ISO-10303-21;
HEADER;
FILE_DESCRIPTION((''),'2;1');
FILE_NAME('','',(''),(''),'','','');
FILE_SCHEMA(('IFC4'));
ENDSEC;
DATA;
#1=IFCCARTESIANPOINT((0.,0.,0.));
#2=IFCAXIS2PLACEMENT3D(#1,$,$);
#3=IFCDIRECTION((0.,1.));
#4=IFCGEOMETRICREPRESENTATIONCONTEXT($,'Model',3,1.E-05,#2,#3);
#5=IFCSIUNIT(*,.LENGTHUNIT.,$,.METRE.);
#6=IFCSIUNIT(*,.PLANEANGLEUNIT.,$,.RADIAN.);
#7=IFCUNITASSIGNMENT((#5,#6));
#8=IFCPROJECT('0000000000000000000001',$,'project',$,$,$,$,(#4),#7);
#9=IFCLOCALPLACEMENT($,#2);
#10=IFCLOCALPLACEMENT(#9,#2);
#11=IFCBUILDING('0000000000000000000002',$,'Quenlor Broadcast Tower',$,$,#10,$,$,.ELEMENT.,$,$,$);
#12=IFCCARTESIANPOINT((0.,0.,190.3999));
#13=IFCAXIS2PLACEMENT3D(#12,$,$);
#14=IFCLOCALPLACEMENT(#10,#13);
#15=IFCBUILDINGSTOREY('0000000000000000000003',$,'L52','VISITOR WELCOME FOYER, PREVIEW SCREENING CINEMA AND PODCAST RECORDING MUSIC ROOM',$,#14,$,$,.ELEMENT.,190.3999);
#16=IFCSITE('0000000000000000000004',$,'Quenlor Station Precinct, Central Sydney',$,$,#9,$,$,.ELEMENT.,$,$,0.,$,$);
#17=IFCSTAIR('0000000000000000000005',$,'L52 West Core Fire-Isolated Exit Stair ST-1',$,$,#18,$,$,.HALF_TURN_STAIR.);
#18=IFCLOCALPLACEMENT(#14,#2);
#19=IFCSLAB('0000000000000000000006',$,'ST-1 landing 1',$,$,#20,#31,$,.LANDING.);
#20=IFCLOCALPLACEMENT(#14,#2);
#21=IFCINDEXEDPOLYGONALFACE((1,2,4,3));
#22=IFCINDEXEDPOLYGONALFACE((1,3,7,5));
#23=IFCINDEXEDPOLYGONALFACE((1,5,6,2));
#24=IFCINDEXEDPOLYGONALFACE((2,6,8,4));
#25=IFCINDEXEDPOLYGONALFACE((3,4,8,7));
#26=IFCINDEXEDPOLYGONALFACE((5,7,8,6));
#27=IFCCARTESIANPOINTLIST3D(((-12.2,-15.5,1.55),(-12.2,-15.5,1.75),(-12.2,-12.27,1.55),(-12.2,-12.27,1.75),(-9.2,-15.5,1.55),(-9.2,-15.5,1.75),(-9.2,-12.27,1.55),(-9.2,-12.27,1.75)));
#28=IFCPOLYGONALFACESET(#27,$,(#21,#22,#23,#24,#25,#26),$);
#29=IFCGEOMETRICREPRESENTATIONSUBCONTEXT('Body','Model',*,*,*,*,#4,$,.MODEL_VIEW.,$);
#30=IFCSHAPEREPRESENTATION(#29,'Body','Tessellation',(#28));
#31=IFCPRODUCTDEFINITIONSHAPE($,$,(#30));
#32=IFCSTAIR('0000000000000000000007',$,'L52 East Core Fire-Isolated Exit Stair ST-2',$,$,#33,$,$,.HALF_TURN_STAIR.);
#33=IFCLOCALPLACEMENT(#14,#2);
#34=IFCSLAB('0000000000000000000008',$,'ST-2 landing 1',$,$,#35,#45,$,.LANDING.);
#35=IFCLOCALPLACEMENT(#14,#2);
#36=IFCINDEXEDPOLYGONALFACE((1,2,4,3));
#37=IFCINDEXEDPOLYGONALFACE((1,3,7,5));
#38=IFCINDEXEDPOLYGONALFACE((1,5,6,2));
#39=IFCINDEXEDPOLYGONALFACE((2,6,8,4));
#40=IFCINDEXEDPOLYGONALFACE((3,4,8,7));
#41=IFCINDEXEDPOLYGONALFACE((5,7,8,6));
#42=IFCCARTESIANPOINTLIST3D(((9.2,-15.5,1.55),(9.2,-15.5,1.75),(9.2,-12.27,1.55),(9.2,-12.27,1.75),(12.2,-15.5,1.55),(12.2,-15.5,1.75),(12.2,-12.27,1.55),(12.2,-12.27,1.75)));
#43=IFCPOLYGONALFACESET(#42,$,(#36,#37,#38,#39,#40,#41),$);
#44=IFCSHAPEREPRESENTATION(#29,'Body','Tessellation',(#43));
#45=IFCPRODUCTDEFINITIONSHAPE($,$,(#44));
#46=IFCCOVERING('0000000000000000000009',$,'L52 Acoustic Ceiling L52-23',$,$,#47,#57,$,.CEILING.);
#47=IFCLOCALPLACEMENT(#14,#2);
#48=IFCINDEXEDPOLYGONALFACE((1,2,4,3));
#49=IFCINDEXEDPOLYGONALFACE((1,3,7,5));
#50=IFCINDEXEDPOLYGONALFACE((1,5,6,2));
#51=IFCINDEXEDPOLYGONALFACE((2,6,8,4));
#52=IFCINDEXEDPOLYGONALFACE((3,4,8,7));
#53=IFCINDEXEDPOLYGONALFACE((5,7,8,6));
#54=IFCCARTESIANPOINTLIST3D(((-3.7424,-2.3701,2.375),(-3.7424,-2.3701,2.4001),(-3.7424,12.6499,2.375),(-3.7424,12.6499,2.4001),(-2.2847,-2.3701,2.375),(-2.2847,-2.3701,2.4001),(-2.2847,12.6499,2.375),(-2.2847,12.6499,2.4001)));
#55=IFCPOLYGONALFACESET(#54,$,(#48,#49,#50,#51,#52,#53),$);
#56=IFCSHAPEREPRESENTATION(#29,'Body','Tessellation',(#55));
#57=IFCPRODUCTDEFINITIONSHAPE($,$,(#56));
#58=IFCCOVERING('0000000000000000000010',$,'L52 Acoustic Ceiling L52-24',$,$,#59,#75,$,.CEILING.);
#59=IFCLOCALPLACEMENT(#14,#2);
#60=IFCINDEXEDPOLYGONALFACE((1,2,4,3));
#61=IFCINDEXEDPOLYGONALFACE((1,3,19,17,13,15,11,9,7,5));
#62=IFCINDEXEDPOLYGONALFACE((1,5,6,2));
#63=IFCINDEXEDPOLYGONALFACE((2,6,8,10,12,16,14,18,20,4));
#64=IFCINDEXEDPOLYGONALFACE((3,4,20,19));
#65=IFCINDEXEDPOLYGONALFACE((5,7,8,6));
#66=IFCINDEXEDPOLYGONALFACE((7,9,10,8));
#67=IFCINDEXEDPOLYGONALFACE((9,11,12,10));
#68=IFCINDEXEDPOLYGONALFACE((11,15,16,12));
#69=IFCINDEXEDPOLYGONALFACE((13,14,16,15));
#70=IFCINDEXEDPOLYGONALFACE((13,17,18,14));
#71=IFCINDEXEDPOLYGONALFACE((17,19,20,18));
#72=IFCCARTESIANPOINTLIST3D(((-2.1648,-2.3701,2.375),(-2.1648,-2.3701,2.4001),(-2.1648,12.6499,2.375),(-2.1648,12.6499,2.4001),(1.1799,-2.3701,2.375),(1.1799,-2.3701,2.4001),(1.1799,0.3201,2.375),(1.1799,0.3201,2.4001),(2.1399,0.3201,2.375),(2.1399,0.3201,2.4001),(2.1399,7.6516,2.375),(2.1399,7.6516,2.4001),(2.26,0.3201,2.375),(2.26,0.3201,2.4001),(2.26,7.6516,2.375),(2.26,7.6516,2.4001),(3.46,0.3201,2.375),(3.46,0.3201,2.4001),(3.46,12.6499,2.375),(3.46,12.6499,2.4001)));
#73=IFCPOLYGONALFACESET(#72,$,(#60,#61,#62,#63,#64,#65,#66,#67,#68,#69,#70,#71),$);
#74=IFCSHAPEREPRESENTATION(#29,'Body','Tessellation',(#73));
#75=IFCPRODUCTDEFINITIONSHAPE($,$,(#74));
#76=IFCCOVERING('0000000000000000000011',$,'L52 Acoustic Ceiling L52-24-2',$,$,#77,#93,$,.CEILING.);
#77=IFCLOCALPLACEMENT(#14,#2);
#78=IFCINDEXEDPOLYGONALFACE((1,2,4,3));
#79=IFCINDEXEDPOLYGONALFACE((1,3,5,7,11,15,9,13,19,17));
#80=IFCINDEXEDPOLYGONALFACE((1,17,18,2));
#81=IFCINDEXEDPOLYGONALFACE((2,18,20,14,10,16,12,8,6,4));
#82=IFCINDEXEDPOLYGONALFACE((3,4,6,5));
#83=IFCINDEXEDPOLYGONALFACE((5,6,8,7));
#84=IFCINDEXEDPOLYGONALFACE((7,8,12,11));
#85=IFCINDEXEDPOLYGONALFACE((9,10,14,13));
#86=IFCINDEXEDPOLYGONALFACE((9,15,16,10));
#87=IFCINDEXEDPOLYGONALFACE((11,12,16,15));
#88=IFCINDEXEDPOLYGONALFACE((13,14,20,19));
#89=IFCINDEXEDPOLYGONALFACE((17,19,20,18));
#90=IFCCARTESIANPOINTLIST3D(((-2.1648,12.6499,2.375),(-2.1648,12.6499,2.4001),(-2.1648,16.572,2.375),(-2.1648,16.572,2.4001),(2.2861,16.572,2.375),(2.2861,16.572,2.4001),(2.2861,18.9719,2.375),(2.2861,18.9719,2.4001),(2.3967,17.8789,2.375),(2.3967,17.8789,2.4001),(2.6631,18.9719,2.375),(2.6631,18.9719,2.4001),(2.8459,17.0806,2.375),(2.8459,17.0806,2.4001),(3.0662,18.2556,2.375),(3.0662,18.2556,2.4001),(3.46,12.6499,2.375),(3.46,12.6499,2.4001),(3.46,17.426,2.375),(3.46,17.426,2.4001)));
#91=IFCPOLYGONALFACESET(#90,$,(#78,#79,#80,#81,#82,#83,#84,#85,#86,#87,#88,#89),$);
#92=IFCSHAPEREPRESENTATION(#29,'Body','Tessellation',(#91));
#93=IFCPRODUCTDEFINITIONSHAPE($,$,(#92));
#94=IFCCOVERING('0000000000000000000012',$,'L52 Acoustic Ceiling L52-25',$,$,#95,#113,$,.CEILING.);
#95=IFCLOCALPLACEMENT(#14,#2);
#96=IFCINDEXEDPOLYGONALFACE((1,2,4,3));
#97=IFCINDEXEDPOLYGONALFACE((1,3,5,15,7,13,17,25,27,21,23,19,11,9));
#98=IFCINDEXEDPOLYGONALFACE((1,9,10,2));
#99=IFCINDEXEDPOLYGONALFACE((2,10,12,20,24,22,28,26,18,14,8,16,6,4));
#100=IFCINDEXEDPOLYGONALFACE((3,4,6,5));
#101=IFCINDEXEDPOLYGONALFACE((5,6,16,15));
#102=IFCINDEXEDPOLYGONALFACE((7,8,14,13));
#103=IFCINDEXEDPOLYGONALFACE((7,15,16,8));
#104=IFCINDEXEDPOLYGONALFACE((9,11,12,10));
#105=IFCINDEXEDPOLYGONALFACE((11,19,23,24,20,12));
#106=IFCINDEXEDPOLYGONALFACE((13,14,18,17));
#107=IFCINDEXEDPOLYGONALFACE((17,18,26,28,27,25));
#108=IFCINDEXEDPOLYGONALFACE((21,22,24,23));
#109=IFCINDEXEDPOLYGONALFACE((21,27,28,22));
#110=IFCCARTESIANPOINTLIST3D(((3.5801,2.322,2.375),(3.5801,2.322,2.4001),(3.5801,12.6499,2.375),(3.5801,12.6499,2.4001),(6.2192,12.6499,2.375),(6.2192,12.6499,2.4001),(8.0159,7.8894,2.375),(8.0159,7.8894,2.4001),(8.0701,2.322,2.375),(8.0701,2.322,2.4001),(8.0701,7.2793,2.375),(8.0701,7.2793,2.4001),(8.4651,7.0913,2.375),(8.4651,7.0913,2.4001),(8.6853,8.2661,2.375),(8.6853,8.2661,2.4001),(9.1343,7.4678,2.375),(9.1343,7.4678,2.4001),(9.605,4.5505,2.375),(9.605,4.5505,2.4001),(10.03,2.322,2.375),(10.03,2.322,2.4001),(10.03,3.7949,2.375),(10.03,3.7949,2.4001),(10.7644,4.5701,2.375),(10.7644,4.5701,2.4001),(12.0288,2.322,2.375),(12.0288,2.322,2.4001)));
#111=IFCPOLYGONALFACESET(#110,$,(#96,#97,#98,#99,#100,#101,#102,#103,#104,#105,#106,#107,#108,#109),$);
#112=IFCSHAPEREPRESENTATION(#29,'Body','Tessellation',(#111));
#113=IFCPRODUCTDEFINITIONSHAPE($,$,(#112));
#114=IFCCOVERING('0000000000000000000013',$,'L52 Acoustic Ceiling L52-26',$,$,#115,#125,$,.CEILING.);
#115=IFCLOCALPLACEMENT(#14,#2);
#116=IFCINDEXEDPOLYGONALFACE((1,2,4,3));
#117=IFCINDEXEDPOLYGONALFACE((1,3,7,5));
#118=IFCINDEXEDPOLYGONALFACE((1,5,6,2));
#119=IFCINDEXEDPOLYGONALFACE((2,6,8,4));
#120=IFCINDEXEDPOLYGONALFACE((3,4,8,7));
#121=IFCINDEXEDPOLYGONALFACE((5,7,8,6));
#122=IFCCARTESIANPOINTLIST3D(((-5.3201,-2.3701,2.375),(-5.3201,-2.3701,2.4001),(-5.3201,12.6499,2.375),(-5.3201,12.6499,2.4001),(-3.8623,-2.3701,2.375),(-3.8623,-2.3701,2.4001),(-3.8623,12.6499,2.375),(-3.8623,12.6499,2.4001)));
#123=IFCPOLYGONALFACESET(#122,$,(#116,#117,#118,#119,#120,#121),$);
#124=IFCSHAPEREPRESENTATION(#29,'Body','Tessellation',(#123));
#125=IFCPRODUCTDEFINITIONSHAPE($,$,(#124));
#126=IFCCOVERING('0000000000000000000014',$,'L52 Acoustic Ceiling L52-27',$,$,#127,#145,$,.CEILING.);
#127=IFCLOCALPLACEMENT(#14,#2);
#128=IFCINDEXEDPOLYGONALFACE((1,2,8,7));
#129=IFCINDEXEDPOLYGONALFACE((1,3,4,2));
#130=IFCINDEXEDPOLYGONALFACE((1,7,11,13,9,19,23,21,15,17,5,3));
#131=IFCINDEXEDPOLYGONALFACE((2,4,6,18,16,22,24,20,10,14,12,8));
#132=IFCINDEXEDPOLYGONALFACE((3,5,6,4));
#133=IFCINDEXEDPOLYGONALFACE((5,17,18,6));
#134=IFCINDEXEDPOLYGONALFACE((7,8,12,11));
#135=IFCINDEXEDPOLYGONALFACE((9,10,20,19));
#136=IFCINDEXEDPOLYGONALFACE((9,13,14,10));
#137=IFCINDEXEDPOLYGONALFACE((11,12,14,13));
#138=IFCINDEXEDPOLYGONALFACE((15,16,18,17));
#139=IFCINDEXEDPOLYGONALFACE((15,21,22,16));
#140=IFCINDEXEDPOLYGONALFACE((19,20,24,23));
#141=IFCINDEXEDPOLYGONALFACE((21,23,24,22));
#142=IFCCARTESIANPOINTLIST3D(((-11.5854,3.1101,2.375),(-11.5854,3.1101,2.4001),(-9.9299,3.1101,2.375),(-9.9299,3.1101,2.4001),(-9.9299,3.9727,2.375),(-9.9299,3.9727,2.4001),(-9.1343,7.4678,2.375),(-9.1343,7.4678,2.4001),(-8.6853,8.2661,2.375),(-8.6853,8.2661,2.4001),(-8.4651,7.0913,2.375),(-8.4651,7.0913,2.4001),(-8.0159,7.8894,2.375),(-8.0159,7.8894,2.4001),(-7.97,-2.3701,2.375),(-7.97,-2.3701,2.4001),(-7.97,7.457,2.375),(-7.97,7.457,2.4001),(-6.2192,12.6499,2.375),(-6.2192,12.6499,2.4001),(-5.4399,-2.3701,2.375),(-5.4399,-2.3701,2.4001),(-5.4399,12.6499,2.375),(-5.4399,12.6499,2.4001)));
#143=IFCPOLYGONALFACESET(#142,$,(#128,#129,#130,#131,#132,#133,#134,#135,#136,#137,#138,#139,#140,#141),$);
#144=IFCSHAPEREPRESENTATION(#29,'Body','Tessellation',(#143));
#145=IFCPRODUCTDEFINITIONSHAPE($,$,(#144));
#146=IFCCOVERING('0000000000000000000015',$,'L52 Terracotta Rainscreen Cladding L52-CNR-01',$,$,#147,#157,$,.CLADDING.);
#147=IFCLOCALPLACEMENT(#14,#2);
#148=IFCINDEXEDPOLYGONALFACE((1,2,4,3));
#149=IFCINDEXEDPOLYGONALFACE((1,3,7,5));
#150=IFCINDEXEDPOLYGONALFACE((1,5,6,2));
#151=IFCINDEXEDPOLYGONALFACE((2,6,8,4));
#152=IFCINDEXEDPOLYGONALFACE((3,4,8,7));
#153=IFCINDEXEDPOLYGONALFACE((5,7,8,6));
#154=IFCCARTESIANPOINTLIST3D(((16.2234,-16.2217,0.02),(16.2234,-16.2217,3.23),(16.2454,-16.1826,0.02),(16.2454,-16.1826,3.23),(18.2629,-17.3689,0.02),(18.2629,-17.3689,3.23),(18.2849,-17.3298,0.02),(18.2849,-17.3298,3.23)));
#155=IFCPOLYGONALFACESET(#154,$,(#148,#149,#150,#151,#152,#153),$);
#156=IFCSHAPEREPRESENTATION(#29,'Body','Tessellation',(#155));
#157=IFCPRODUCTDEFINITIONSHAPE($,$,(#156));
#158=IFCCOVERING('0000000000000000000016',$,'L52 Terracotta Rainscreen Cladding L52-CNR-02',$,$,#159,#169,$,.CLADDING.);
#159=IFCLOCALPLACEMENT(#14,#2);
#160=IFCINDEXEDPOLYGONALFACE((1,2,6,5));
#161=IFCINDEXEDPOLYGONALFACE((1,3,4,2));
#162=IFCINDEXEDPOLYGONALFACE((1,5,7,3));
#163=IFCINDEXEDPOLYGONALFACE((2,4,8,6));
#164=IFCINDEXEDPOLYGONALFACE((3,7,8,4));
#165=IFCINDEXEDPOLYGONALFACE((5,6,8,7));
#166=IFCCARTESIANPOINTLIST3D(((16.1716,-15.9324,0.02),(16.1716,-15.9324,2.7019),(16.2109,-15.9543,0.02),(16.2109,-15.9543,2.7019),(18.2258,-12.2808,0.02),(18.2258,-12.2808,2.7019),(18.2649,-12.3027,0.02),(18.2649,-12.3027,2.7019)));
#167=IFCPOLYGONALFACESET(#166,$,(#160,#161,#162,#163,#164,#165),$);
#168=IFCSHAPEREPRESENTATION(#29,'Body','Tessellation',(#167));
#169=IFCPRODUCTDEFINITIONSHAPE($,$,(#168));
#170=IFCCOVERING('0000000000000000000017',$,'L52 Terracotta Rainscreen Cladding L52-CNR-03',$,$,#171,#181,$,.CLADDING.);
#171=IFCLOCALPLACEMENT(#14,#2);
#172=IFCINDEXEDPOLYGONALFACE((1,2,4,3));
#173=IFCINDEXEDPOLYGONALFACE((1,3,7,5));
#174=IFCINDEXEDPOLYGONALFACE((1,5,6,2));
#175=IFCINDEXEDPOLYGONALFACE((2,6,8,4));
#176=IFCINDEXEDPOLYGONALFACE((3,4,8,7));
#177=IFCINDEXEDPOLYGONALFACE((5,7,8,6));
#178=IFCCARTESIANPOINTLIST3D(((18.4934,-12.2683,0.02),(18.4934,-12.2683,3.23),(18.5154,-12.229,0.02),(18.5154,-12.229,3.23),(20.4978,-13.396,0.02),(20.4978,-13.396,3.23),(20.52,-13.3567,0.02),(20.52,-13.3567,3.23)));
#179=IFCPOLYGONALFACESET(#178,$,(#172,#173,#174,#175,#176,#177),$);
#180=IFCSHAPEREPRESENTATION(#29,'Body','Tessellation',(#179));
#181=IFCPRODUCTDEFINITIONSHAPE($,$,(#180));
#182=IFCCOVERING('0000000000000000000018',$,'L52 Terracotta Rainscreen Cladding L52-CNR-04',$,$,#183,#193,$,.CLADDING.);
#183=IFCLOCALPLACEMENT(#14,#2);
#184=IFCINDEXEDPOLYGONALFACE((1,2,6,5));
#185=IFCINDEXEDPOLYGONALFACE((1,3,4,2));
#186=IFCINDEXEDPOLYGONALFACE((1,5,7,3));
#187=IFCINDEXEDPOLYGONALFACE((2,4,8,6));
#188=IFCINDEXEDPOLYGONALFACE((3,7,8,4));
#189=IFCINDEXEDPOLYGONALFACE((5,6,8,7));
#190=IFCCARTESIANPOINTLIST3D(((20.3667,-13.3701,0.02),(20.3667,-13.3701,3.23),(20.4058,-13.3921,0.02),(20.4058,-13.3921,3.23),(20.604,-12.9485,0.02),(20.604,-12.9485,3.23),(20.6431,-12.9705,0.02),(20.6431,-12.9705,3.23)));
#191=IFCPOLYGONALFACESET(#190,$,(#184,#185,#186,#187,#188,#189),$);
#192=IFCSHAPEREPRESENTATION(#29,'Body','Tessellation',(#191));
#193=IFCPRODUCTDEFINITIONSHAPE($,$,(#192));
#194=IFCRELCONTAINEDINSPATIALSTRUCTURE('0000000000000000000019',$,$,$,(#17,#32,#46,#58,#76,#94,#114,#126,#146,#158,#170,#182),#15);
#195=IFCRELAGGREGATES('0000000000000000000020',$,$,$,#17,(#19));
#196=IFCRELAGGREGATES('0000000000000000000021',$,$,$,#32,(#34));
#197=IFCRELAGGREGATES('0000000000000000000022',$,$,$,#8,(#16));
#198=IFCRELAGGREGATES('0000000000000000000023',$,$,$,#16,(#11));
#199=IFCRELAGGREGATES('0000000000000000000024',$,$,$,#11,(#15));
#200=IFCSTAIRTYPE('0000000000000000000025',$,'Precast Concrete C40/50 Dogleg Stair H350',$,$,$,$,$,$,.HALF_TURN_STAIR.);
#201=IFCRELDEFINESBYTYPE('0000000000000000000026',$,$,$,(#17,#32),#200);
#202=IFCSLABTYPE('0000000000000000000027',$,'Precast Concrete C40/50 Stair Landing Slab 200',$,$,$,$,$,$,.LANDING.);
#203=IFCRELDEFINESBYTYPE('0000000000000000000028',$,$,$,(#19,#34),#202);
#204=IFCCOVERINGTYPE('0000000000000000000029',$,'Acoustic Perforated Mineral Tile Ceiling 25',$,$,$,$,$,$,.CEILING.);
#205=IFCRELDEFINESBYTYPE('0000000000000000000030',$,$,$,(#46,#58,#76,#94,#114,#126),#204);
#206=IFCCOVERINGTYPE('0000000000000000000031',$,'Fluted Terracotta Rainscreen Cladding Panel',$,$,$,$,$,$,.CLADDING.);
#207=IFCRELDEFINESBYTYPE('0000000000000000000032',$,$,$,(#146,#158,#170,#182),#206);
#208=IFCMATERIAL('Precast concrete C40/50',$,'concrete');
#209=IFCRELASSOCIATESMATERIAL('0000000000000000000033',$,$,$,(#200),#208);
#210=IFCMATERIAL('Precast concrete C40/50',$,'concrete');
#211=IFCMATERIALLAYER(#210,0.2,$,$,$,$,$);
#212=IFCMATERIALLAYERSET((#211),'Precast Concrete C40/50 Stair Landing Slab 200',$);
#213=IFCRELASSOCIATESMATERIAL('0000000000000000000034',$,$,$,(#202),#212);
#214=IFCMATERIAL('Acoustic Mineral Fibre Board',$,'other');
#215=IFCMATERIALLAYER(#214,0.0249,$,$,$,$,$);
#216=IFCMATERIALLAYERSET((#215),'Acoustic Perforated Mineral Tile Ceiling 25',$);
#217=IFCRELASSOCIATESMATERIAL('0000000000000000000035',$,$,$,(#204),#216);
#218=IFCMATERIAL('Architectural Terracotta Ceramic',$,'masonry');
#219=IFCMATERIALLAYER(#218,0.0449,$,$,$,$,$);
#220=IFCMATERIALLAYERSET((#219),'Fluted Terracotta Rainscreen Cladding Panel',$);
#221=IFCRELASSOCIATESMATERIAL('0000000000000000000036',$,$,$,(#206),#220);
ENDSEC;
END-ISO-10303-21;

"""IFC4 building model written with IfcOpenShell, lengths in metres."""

from ifc_helpers import new_model, si_unit, direction, frame, origin, place, context, subcontext, project, spatial, polyline, outline, extrude, material, layer, layer_set, type_object, element, aggregate, save


model = new_model("IFC4")

# Units and contexts
model_context = context("Model", 3, precision=1e-05, world=origin(), true_north=direction((0.0, 1.0)))
body_context = subcontext(model_context, "Body", "Model", "MODEL_VIEW")
ifc_project = project(units=[si_unit("LENGTHUNIT", "METRE"), si_unit("PLANEANGLEUNIT", "RADIAN")], contexts=[model_context])

# Site, building, storey
site_placement = place(None, origin())
site = spatial("IfcSite", under=ifc_project, at=site_placement, Name="Quenlor Station Precinct, Central Sydney", CompositionType="ELEMENT", RefElevation=0.0)
building_placement = place(site_placement, origin())
building = spatial("IfcBuilding", under=site, at=building_placement, Name="Quenlor Broadcast Tower", CompositionType="ELEMENT")
storey_placement = place(building_placement, frame((0.0, 0.0, 190.3999)))
storey = spatial("IfcBuildingStorey", under=building, at=storey_placement, Name="L52", Description="VISITOR WELCOME FOYER, PREVIEW SCREENING CINEMA AND PODCAST RECORDING MUSIC ROOM", CompositionType="ELEMENT", Elevation=190.3999)

# Stairs, slabs
ifc_material_1 = material(Name="Precast concrete C40/50", Category="concrete")
stair_type = type_object("IfcStairType", Name="Precast Concrete C40/50 Dogleg Stair H350", PredefinedType="HALF_TURN_STAIR", material=ifc_material_1)
stair_1_placement = place(storey_placement, origin())
stair_1 = element("IfcStair", 1, at=stair_1_placement, inside=storey, type_object=stair_type, Name="L52 West Core Fire-Isolated Exit Stair ST-1", PredefinedType="HALF_TURN_STAIR")
ifc_material_2 = material(Name="Precast concrete C40/50", Category="concrete")
ifc_layer_1 = layer(ifc_material_2, 0.2)
ifc_layer_set_1 = layer_set([ifc_layer_1], Name="Precast Concrete C40/50 Stair Landing Slab 200")
slab_type = type_object("IfcSlabType", Name="Precast Concrete C40/50 Stair Landing Slab 200", PredefinedType="LANDING", material=ifc_layer_set_1)
slab_1_placement = place(storey_placement, frame((0.0, 0.0, 1.55)))
slab_1 = element("IfcSlab", 2, at=slab_1_placement, type_object=slab_type, Name="ST-1 landing 1", PredefinedType="LANDING", context=body_context, shape_type="SweptSolid", body=[
    extrude(outline(polyline([(-12.2, -12.27), (-12.2, -15.5), (-9.2, -15.5), (-9.2, -12.27), (-12.2, -12.27)])), origin(), (0.0, 0.0, 1.0), 0.2),
])
aggregate(stair_1, [slab_1])
stair_2_placement = place(storey_placement, origin())
stair_2 = element("IfcStair", 3, at=stair_2_placement, inside=storey, type_object=stair_type, Name="L52 East Core Fire-Isolated Exit Stair ST-2", PredefinedType="HALF_TURN_STAIR")
slab_2_placement = place(storey_placement, frame((0.0, 0.0, 1.55)))
slab_2 = element("IfcSlab", 4, at=slab_2_placement, type_object=slab_type, Name="ST-2 landing 1", PredefinedType="LANDING", context=body_context, shape_type="SweptSolid", body=[
    extrude(outline(polyline([(9.2, -12.27), (9.2, -15.5), (12.2, -15.5), (12.2, -12.27), (9.2, -12.27)])), origin(), (0.0, 0.0, 1.0), 0.2),
])
aggregate(stair_2, [slab_2])

# Coverings
ifc_material_3 = material(Name="Acoustic Mineral Fibre Board", Category="other")
ifc_layer_2 = layer(ifc_material_3, 0.0249)
ifc_layer_set_2 = layer_set([ifc_layer_2], Name="Acoustic Perforated Mineral Tile Ceiling 25")
covering_type_1 = type_object("IfcCoveringType", Name="Acoustic Perforated Mineral Tile Ceiling 25", PredefinedType="CEILING", material=ifc_layer_set_2)
covering_1_placement = place(storey_placement, frame((0.0, 0.0, 2.375)))
element("IfcCovering", 5, at=covering_1_placement, inside=storey, type_object=covering_type_1, Name="L52 Acoustic Ceiling L52-23", PredefinedType="CEILING", context=body_context, shape_type="SweptSolid", body=[
    extrude(outline(polyline([(-3.7424, -2.3701), (-3.7424, 12.6499), (-2.2847, 12.6499), (-2.2847, -2.3701), (-3.7424, -2.3701)])), origin(), (0.0, 0.0, 1.0), 0.0251),
])
covering_2_placement = place(storey_placement, frame((0.0, 0.0, 2.375)))
element("IfcCovering", 6, at=covering_2_placement, inside=storey, type_object=covering_type_1, Name="L52 Acoustic Ceiling L52-24", PredefinedType="CEILING", context=body_context, shape_type="SweptSolid", body=[
    extrude(outline(polyline([(3.46, 0.3201), (2.26, 0.3201), (2.26, 7.6516), (2.1399, 7.6516), (2.1399, 0.3201), (1.1799, 0.3201), (1.1799, -2.3701), (-2.1648, -2.3701), (-2.1648, 12.6499), (3.46, 12.6499), (3.46, 0.3201)])), origin(), (0.0, 0.0, 1.0), 0.0251),
])
covering_3_placement = place(storey_placement, frame((0.0, 0.0, 2.375)))
element("IfcCovering", 7, at=covering_3_placement, inside=storey, type_object=covering_type_1, Name="L52 Acoustic Ceiling L52-24-2", PredefinedType="CEILING", context=body_context, shape_type="SweptSolid", body=[
    extrude(outline(polyline([(3.0662, 18.2556), (2.3967, 17.8789), (2.8459, 17.0806), (3.46, 17.426), (3.46, 12.6499), (-2.1648, 12.6499), (-2.1648, 16.572), (2.2861, 16.572), (2.2861, 18.9719), (2.6631, 18.9719), (3.0662, 18.2556)])), origin(), (0.0, 0.0, 1.0), 0.0251),
])
covering_4_placement = place(storey_placement, frame((0.0, 0.0, 2.375)))
element("IfcCovering", 8, at=covering_4_placement, inside=storey, type_object=covering_type_1, Name="L52 Acoustic Ceiling L52-25", PredefinedType="CEILING", context=body_context, shape_type="SweptSolid", body=[
    extrude(outline(polyline([(8.0701, 2.322), (3.5801, 2.322), (3.5801, 12.6499), (6.2192, 12.6499), (8.6853, 8.2661), (8.0159, 7.8894), (8.4651, 7.0913), (9.1343, 7.4678), (10.7644, 4.5701), (12.0288, 2.322), (10.03, 2.322), (10.03, 3.7949), (9.605, 4.5505), (8.0701, 7.2793), (8.0701, 2.322)])), origin(), (0.0, 0.0, 1.0), 0.0251),
])
covering_5_placement = place(storey_placement, frame((0.0, 0.0, 2.375)))
element("IfcCovering", 9, at=covering_5_placement, inside=storey, type_object=covering_type_1, Name="L52 Acoustic Ceiling L52-26", PredefinedType="CEILING", context=body_context, shape_type="SweptSolid", body=[
    extrude(outline(polyline([(-3.8623, -2.3701), (-5.3201, -2.3701), (-5.3201, 12.6499), (-3.8623, 12.6499), (-3.8623, -2.3701)])), origin(), (0.0, 0.0, 1.0), 0.0251),
])
covering_6_placement = place(storey_placement, frame((0.0, 0.0, 2.375)))
element("IfcCovering", 10, at=covering_6_placement, inside=storey, type_object=covering_type_1, Name="L52 Acoustic Ceiling L52-27", PredefinedType="CEILING", context=body_context, shape_type="SweptSolid", body=[
    extrude(outline(polyline([(-7.97, 7.457), (-9.9299, 3.9727), (-9.9299, 3.1101), (-11.5854, 3.1101), (-9.1343, 7.4678), (-8.4651, 7.0913), (-8.0159, 7.8894), (-8.6853, 8.2661), (-6.2192, 12.6499), (-5.4399, 12.6499), (-5.4399, -2.3701), (-7.97, -2.3701), (-7.97, 7.457)])), origin(), (0.0, 0.0, 1.0), 0.0251),
])
ifc_material_4 = material(Name="Architectural Terracotta Ceramic", Category="masonry")
ifc_layer_3 = layer(ifc_material_4, 0.0449)
ifc_layer_set_3 = layer_set([ifc_layer_3], Name="Fluted Terracotta Rainscreen Cladding Panel")
covering_type_2 = type_object("IfcCoveringType", Name="Fluted Terracotta Rainscreen Cladding Panel", PredefinedType="CLADDING", material=ifc_layer_set_3)
covering_7_placement = place(storey_placement, frame((0.0, 0.0, 0.02)))
element("IfcCovering", 11, at=covering_7_placement, inside=storey, type_object=covering_type_2, Name="L52 Terracotta Rainscreen Cladding L52-CNR-01", PredefinedType="CLADDING", context=body_context, shape_type="SweptSolid", body=[
    extrude(outline(polyline([(18.2849, -17.3298), (16.2454, -16.1826), (16.2234, -16.2217), (18.2629, -17.3689), (18.2849, -17.3298)])), origin(), (0.0, 0.0, 1.0), 3.21),
])
covering_8_placement = place(storey_placement, frame((0.0, 0.0, 0.02)))
element("IfcCovering", 12, at=covering_8_placement, inside=storey, type_object=covering_type_2, Name="L52 Terracotta Rainscreen Cladding L52-CNR-02", PredefinedType="CLADDING", context=body_context, shape_type="SweptSolid", body=[
    extrude(outline(polyline([(16.2109, -15.9543), (18.2649, -12.3027), (18.2258, -12.2808), (16.1716, -15.9324), (16.2109, -15.9543)])), origin(), (0.0, 0.0, 1.0), 2.6819),
])
covering_9_placement = place(storey_placement, frame((0.0, 0.0, 0.02)))
element("IfcCovering", 13, at=covering_9_placement, inside=storey, type_object=covering_type_2, Name="L52 Terracotta Rainscreen Cladding L52-CNR-03", PredefinedType="CLADDING", context=body_context, shape_type="SweptSolid", body=[
    extrude(outline(polyline([(18.4934, -12.2683), (20.4978, -13.396), (20.52, -13.3567), (18.5154, -12.229), (18.4934, -12.2683)])), origin(), (0.0, 0.0, 1.0), 3.21),
])
covering_10_placement = place(storey_placement, frame((0.0, 0.0, 0.02)))
element("IfcCovering", 14, at=covering_10_placement, inside=storey, type_object=covering_type_2, Name="L52 Terracotta Rainscreen Cladding L52-CNR-04", PredefinedType="CLADDING", context=body_context, shape_type="SweptSolid", body=[
    extrude(outline(polyline([(20.4058, -13.3921), (20.6431, -12.9705), (20.604, -12.9485), (20.3667, -13.3701), (20.4058, -13.3921)])), origin(), (0.0, 0.0, 1.0), 3.21),
])

save(model, "model.ifc")
